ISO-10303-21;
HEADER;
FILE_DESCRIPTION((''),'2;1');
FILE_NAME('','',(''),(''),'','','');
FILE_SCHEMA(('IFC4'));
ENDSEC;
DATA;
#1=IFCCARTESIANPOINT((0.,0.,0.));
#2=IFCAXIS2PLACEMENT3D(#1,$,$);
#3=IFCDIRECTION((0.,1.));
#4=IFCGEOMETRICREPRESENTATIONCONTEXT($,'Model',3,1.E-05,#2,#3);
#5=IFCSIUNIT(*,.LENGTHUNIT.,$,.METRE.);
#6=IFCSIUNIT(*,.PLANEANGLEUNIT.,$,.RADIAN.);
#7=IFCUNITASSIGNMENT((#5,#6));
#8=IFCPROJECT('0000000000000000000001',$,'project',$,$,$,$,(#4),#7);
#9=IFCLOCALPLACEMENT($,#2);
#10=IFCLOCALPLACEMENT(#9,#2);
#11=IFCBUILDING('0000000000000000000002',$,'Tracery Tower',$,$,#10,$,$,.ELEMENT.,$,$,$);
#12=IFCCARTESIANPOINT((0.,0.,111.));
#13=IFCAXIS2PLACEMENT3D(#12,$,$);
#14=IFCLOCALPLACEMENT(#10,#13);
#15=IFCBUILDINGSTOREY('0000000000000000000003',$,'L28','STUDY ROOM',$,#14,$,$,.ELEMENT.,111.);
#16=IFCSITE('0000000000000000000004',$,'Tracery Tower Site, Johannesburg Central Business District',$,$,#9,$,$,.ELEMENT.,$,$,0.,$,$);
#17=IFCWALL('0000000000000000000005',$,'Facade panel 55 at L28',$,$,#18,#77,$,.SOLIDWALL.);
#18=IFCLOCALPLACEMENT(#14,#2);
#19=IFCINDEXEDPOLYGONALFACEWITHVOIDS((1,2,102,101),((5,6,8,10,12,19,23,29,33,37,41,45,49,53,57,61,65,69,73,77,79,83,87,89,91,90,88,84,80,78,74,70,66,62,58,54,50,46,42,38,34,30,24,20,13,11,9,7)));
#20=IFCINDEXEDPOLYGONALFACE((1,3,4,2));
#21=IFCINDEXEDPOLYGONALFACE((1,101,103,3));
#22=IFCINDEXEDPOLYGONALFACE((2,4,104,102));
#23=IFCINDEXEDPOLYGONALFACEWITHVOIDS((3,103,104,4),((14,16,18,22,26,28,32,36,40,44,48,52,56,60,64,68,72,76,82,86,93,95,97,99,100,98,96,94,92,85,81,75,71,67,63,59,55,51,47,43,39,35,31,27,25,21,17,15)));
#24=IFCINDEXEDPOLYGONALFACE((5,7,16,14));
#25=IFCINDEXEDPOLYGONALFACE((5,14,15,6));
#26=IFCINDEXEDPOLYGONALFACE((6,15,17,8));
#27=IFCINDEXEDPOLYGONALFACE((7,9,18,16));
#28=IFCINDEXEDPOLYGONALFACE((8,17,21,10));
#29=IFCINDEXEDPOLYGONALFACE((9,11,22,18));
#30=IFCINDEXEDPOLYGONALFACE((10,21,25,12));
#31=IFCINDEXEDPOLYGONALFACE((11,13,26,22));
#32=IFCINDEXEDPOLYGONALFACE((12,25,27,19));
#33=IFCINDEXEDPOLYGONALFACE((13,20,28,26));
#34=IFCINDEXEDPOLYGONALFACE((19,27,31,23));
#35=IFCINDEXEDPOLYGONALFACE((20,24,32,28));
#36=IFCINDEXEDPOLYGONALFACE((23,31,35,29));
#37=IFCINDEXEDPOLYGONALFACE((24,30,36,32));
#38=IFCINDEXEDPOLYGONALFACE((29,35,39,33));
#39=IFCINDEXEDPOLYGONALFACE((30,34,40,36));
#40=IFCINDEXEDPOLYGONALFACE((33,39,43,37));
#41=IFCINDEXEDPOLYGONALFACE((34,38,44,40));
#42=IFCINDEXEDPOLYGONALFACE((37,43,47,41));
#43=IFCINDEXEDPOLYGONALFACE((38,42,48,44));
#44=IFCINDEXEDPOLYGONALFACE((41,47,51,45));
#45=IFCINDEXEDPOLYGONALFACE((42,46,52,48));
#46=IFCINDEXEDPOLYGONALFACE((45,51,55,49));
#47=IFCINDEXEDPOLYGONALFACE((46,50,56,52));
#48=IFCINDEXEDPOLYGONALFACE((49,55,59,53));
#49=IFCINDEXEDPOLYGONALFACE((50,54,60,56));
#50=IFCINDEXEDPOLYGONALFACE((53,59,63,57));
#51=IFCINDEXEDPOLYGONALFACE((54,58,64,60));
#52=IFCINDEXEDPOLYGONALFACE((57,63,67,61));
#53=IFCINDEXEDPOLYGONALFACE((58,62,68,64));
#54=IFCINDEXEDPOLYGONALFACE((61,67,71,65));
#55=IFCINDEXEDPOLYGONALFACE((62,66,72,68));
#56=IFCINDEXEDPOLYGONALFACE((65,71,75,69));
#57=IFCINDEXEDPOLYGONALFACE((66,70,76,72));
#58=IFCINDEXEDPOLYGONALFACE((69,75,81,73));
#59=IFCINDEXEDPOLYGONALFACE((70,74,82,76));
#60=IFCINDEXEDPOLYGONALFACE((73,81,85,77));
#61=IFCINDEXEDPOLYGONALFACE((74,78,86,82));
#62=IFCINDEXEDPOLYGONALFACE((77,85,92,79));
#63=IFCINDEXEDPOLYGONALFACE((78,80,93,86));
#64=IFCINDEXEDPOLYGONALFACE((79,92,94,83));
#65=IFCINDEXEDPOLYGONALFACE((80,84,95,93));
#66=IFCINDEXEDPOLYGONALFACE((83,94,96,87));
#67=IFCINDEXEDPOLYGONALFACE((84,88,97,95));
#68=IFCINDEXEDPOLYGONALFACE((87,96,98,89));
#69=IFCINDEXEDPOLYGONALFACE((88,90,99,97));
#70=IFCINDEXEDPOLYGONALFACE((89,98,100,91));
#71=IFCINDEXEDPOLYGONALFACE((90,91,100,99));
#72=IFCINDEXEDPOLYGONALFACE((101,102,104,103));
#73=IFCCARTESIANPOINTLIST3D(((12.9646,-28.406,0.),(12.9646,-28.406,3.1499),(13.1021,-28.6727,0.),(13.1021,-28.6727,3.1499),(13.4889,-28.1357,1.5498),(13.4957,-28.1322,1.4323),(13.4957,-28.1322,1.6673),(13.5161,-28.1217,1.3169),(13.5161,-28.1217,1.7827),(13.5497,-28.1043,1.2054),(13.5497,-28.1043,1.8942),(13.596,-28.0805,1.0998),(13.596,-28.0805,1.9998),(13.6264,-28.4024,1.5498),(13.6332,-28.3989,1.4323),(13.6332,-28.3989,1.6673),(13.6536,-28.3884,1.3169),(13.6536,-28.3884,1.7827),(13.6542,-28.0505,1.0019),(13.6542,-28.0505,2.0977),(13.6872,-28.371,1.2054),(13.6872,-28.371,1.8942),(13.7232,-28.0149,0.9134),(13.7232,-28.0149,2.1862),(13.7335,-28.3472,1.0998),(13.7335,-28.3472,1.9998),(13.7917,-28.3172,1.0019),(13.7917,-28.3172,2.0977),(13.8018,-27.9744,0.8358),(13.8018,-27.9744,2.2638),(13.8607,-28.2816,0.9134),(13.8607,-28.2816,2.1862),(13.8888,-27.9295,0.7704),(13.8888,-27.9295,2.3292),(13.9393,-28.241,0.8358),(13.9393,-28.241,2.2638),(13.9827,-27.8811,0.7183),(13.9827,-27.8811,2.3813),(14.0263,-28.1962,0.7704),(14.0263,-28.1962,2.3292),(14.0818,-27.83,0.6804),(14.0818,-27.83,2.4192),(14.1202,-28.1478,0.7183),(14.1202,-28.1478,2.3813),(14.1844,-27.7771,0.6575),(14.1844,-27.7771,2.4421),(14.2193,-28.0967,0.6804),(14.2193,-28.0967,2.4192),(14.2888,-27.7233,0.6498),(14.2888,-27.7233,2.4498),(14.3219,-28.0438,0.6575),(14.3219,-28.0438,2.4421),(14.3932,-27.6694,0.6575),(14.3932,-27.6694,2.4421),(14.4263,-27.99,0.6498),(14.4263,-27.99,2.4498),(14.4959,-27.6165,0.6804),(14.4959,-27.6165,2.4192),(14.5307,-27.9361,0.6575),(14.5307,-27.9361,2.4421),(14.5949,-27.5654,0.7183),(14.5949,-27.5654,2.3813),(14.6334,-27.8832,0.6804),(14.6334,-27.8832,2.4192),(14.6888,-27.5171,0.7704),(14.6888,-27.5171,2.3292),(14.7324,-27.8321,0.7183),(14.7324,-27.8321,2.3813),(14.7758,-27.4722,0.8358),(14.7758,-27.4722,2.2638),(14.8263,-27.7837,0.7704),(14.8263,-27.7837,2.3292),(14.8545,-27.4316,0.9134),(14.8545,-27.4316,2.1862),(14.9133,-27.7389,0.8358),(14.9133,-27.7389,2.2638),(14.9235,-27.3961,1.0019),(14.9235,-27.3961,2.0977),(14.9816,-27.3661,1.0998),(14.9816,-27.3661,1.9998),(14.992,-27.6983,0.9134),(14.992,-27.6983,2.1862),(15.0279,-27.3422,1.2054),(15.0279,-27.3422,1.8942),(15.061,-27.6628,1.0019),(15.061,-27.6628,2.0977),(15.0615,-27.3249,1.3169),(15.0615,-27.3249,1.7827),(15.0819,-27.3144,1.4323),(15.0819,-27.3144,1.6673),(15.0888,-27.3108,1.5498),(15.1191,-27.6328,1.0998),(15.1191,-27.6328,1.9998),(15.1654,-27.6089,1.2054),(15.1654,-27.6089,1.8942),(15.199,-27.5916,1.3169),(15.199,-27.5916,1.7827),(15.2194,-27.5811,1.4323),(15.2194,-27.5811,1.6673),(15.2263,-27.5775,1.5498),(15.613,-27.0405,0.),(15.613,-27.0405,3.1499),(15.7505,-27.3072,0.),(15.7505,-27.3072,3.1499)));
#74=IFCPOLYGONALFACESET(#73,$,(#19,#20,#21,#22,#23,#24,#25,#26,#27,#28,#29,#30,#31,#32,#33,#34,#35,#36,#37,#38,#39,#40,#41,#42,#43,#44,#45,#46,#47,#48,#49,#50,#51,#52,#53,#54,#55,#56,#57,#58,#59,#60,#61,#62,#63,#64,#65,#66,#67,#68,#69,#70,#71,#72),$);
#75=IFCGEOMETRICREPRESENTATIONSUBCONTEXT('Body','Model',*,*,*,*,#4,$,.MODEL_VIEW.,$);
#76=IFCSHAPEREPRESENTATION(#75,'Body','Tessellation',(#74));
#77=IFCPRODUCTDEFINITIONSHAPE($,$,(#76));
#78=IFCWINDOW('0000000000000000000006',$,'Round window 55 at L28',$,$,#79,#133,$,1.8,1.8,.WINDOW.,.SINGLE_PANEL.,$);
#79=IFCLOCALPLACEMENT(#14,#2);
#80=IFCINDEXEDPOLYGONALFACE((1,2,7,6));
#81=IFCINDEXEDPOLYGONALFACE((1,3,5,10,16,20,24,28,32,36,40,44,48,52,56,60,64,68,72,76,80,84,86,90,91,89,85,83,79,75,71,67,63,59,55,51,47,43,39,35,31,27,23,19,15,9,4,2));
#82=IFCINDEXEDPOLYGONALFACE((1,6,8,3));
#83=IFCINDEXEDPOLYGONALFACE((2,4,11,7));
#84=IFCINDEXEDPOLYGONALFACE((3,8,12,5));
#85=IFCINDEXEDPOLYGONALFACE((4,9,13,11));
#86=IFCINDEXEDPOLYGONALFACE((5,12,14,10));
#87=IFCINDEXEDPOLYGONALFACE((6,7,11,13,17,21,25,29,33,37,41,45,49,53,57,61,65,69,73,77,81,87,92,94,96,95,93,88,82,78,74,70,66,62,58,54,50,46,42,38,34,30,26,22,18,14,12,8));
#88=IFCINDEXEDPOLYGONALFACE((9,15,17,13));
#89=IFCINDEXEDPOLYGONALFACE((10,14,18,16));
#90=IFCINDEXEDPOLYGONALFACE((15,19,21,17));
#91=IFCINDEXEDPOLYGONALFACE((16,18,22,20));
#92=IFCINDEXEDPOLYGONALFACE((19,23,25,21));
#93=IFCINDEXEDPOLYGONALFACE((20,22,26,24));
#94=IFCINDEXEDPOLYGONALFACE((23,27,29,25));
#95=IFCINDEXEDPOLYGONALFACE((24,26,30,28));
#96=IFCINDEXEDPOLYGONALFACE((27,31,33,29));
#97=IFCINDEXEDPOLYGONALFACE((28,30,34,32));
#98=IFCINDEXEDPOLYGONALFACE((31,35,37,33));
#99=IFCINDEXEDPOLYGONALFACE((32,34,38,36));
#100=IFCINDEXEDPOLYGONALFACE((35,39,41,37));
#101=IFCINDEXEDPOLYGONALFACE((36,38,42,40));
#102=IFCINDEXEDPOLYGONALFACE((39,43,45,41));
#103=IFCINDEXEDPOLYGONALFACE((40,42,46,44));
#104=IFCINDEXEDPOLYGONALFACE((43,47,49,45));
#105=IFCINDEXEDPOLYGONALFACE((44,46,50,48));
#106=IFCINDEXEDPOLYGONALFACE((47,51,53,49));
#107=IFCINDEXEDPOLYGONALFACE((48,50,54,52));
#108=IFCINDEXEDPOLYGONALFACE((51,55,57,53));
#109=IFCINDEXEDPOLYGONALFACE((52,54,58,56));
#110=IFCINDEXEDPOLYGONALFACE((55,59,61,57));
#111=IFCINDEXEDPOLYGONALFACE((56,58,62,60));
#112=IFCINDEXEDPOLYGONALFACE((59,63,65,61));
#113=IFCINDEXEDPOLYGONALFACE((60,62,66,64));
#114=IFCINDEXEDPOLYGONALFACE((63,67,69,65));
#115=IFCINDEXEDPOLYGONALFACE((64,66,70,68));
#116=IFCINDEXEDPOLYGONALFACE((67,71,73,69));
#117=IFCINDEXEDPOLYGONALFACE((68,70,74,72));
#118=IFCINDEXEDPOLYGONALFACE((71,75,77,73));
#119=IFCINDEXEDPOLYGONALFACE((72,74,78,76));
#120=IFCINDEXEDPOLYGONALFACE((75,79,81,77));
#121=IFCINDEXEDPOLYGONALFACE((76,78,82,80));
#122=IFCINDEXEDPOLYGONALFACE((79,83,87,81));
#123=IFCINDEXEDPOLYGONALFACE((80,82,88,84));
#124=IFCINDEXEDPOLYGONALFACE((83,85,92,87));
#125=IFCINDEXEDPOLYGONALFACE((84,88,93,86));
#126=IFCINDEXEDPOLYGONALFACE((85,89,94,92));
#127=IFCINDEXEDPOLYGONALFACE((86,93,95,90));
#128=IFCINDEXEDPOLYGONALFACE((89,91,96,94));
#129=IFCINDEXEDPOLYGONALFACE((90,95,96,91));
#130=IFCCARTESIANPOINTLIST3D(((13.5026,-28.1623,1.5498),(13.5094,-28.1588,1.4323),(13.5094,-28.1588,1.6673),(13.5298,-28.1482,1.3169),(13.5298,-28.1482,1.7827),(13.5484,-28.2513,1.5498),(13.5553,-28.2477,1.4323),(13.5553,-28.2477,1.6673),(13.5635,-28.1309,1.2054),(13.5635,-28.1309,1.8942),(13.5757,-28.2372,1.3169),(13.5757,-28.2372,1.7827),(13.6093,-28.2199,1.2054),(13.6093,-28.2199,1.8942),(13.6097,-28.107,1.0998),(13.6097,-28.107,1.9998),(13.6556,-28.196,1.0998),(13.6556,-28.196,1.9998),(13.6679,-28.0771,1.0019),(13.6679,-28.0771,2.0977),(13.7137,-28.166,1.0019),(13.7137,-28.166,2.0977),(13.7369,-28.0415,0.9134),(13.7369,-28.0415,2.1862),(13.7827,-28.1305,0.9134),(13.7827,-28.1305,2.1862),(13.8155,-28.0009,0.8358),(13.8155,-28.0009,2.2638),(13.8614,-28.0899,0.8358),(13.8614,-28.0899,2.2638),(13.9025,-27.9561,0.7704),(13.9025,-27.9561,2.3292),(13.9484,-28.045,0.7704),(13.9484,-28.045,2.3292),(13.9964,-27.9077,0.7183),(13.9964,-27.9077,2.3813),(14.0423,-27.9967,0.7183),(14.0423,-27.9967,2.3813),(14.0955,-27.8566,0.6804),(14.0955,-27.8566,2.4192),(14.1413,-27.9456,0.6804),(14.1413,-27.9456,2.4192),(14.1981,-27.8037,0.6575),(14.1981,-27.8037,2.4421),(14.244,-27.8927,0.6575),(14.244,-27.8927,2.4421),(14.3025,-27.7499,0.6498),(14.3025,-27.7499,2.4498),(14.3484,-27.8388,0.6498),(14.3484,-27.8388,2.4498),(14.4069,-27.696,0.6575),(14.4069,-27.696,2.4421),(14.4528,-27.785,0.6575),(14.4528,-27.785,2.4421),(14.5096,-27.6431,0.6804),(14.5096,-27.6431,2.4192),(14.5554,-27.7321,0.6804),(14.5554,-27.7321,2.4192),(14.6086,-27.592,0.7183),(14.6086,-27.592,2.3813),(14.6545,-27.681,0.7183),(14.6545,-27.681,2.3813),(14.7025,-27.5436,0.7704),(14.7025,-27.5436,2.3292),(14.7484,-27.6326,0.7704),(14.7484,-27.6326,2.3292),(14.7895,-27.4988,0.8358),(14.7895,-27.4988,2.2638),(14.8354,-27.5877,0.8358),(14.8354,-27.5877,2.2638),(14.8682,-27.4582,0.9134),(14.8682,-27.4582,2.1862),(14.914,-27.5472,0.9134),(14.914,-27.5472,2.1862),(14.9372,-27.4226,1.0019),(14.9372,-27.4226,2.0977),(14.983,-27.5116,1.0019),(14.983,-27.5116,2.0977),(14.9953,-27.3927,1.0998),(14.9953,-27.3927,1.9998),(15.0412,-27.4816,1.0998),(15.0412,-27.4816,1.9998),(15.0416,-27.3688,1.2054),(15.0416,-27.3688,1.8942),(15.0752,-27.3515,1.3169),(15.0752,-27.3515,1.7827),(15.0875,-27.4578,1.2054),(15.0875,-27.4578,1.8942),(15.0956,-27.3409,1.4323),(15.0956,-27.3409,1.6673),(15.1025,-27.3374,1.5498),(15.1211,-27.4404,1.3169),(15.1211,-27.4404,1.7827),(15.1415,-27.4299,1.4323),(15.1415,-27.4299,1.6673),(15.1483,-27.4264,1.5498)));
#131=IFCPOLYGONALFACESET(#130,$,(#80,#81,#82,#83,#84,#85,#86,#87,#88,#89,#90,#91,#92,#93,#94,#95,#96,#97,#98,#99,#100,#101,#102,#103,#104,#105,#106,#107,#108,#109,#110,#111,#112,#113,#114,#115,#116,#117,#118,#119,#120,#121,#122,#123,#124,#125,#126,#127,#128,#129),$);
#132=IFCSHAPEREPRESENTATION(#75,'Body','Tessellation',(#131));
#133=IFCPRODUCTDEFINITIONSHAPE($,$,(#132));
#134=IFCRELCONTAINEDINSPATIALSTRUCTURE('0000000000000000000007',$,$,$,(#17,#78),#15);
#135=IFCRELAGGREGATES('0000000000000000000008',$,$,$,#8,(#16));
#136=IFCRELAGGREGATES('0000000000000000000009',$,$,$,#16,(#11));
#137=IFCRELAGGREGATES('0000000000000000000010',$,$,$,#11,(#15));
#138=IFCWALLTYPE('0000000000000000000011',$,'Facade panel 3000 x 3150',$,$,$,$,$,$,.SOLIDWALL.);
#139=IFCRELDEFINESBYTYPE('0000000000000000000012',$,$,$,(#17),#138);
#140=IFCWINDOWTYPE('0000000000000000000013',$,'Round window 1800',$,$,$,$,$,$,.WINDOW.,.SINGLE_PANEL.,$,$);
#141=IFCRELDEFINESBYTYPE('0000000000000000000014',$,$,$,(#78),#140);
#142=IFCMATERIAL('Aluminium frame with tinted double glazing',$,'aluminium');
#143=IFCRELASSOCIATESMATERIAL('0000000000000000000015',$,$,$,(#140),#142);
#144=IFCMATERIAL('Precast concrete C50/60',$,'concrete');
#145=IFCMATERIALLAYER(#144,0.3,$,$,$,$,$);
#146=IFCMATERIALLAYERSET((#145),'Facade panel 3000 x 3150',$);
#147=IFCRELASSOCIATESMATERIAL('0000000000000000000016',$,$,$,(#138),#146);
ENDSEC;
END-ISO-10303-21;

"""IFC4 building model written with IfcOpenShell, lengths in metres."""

from ifc_helpers import new_model, si_unit, direction, frame, frame_2d, origin, origin_2d, place, context, subcontext, project, spatial, rectangle, circle, extrude, material, layer, layer_set, type_object, element, fill, save


model = new_model("IFC4")

# Units and contexts
model_context = context("Model", 3, precision=1e-05, world=origin(), true_north=direction((0.0, 1.0)))
body_context = subcontext(model_context, "Body", "Model", "MODEL_VIEW")
ifc_project = project(units=[si_unit("LENGTHUNIT", "METRE"), si_unit("PLANEANGLEUNIT", "RADIAN")], contexts=[model_context])

# Site, building, storey
site_placement = place(None, origin())
site = spatial("IfcSite", under=ifc_project, at=site_placement, Name="Tracery Tower Site, Johannesburg Central Business District", CompositionType="ELEMENT", RefElevation=0.0)
building_placement = place(site_placement, origin())
building = spatial("IfcBuilding", under=site, at=building_placement, Name="Tracery Tower", CompositionType="ELEMENT")
storey_placement = place(building_placement, frame((0.0, 0.0, 111.0)))
storey = spatial("IfcBuildingStorey", under=building, at=storey_placement, Name="L28", Description="STUDY ROOM", CompositionType="ELEMENT", Elevation=111.0)

# Wall, opening, window
ifc_material_1 = material(Name="Aluminium frame with tinted double glazing", Category="aluminium")
window_type = type_object("IfcWindowType", Name="Round window 1800", PartitioningType="SINGLE_PANEL", PredefinedType="WINDOW", material=ifc_material_1)
ifc_material_2 = material(Name="Precast concrete C50/60", Category="concrete")
ifc_layer_1 = layer(ifc_material_2, 0.3)
ifc_layer_set_1 = layer_set([ifc_layer_1], Name="Facade panel 3000 x 3150")
wall_type_1 = type_object("IfcWallType", Name="Facade panel 3000 x 3150", PredefinedType="SOLIDWALL", material=ifc_layer_set_1)
wall_1_placement = place(storey_placement, frame((13.0334, -28.5393, 0.0), z_axis=(0.0, 0.0, 1.0), x_axis=(0.88882, 0.458257, 0.0)))
wall_1 = element("IfcWall", 1, at=wall_1_placement, inside=storey, type_object=wall_type_1, Name="Facade panel 55 at L28", PredefinedType="SOLIDWALL", context=body_context, shape_type="SweptSolid", body=[
    extrude(rectangle(XDim=2.9797, YDim=0.3, at=frame_2d((1.4897, 0.0))), origin(), (0.0, 0.0, 1.0), 3.1499),
])
opening_1_placement = place(wall_1_placement, frame((1.4897, 0.0, 1.5498)))
opening_1 = element("IfcOpeningElement", 2, at=opening_1_placement, cuts=wall_1, PredefinedType="OPENING", context=body_context, shape_type="SweptSolid", body=[
    extrude(circle(Radius=0.9, at=origin_2d()), frame((0.0, 0.1599, 0.0), z_axis=(0.0, -1.0, 0.0), x_axis=(1.0, 0.0, 0.0)), (0.0, 0.0, 1.0), 0.3201),
])
window_1_placement = place(opening_1_placement, origin())
window_1 = element("IfcWindow", 3, at=window_1_placement, inside=storey, type_object=window_type, Name="Round window 55 at L28", OverallHeight=1.8, OverallWidth=1.8, PartitioningType="SINGLE_PANEL", PredefinedType="WINDOW", context=body_context, shape_type="SweptSolid", body=[
    extrude(circle(Radius=0.9, at=origin_2d()), frame((0.0, 0.1201, 0.0), z_axis=(0.0, -1.0, 0.0), x_axis=(1.0, 0.0, 0.0)), (0.0, 0.0, 1.0), 0.1001),
])
fill(opening_1, window_1)

save(model, "model.ifc")
